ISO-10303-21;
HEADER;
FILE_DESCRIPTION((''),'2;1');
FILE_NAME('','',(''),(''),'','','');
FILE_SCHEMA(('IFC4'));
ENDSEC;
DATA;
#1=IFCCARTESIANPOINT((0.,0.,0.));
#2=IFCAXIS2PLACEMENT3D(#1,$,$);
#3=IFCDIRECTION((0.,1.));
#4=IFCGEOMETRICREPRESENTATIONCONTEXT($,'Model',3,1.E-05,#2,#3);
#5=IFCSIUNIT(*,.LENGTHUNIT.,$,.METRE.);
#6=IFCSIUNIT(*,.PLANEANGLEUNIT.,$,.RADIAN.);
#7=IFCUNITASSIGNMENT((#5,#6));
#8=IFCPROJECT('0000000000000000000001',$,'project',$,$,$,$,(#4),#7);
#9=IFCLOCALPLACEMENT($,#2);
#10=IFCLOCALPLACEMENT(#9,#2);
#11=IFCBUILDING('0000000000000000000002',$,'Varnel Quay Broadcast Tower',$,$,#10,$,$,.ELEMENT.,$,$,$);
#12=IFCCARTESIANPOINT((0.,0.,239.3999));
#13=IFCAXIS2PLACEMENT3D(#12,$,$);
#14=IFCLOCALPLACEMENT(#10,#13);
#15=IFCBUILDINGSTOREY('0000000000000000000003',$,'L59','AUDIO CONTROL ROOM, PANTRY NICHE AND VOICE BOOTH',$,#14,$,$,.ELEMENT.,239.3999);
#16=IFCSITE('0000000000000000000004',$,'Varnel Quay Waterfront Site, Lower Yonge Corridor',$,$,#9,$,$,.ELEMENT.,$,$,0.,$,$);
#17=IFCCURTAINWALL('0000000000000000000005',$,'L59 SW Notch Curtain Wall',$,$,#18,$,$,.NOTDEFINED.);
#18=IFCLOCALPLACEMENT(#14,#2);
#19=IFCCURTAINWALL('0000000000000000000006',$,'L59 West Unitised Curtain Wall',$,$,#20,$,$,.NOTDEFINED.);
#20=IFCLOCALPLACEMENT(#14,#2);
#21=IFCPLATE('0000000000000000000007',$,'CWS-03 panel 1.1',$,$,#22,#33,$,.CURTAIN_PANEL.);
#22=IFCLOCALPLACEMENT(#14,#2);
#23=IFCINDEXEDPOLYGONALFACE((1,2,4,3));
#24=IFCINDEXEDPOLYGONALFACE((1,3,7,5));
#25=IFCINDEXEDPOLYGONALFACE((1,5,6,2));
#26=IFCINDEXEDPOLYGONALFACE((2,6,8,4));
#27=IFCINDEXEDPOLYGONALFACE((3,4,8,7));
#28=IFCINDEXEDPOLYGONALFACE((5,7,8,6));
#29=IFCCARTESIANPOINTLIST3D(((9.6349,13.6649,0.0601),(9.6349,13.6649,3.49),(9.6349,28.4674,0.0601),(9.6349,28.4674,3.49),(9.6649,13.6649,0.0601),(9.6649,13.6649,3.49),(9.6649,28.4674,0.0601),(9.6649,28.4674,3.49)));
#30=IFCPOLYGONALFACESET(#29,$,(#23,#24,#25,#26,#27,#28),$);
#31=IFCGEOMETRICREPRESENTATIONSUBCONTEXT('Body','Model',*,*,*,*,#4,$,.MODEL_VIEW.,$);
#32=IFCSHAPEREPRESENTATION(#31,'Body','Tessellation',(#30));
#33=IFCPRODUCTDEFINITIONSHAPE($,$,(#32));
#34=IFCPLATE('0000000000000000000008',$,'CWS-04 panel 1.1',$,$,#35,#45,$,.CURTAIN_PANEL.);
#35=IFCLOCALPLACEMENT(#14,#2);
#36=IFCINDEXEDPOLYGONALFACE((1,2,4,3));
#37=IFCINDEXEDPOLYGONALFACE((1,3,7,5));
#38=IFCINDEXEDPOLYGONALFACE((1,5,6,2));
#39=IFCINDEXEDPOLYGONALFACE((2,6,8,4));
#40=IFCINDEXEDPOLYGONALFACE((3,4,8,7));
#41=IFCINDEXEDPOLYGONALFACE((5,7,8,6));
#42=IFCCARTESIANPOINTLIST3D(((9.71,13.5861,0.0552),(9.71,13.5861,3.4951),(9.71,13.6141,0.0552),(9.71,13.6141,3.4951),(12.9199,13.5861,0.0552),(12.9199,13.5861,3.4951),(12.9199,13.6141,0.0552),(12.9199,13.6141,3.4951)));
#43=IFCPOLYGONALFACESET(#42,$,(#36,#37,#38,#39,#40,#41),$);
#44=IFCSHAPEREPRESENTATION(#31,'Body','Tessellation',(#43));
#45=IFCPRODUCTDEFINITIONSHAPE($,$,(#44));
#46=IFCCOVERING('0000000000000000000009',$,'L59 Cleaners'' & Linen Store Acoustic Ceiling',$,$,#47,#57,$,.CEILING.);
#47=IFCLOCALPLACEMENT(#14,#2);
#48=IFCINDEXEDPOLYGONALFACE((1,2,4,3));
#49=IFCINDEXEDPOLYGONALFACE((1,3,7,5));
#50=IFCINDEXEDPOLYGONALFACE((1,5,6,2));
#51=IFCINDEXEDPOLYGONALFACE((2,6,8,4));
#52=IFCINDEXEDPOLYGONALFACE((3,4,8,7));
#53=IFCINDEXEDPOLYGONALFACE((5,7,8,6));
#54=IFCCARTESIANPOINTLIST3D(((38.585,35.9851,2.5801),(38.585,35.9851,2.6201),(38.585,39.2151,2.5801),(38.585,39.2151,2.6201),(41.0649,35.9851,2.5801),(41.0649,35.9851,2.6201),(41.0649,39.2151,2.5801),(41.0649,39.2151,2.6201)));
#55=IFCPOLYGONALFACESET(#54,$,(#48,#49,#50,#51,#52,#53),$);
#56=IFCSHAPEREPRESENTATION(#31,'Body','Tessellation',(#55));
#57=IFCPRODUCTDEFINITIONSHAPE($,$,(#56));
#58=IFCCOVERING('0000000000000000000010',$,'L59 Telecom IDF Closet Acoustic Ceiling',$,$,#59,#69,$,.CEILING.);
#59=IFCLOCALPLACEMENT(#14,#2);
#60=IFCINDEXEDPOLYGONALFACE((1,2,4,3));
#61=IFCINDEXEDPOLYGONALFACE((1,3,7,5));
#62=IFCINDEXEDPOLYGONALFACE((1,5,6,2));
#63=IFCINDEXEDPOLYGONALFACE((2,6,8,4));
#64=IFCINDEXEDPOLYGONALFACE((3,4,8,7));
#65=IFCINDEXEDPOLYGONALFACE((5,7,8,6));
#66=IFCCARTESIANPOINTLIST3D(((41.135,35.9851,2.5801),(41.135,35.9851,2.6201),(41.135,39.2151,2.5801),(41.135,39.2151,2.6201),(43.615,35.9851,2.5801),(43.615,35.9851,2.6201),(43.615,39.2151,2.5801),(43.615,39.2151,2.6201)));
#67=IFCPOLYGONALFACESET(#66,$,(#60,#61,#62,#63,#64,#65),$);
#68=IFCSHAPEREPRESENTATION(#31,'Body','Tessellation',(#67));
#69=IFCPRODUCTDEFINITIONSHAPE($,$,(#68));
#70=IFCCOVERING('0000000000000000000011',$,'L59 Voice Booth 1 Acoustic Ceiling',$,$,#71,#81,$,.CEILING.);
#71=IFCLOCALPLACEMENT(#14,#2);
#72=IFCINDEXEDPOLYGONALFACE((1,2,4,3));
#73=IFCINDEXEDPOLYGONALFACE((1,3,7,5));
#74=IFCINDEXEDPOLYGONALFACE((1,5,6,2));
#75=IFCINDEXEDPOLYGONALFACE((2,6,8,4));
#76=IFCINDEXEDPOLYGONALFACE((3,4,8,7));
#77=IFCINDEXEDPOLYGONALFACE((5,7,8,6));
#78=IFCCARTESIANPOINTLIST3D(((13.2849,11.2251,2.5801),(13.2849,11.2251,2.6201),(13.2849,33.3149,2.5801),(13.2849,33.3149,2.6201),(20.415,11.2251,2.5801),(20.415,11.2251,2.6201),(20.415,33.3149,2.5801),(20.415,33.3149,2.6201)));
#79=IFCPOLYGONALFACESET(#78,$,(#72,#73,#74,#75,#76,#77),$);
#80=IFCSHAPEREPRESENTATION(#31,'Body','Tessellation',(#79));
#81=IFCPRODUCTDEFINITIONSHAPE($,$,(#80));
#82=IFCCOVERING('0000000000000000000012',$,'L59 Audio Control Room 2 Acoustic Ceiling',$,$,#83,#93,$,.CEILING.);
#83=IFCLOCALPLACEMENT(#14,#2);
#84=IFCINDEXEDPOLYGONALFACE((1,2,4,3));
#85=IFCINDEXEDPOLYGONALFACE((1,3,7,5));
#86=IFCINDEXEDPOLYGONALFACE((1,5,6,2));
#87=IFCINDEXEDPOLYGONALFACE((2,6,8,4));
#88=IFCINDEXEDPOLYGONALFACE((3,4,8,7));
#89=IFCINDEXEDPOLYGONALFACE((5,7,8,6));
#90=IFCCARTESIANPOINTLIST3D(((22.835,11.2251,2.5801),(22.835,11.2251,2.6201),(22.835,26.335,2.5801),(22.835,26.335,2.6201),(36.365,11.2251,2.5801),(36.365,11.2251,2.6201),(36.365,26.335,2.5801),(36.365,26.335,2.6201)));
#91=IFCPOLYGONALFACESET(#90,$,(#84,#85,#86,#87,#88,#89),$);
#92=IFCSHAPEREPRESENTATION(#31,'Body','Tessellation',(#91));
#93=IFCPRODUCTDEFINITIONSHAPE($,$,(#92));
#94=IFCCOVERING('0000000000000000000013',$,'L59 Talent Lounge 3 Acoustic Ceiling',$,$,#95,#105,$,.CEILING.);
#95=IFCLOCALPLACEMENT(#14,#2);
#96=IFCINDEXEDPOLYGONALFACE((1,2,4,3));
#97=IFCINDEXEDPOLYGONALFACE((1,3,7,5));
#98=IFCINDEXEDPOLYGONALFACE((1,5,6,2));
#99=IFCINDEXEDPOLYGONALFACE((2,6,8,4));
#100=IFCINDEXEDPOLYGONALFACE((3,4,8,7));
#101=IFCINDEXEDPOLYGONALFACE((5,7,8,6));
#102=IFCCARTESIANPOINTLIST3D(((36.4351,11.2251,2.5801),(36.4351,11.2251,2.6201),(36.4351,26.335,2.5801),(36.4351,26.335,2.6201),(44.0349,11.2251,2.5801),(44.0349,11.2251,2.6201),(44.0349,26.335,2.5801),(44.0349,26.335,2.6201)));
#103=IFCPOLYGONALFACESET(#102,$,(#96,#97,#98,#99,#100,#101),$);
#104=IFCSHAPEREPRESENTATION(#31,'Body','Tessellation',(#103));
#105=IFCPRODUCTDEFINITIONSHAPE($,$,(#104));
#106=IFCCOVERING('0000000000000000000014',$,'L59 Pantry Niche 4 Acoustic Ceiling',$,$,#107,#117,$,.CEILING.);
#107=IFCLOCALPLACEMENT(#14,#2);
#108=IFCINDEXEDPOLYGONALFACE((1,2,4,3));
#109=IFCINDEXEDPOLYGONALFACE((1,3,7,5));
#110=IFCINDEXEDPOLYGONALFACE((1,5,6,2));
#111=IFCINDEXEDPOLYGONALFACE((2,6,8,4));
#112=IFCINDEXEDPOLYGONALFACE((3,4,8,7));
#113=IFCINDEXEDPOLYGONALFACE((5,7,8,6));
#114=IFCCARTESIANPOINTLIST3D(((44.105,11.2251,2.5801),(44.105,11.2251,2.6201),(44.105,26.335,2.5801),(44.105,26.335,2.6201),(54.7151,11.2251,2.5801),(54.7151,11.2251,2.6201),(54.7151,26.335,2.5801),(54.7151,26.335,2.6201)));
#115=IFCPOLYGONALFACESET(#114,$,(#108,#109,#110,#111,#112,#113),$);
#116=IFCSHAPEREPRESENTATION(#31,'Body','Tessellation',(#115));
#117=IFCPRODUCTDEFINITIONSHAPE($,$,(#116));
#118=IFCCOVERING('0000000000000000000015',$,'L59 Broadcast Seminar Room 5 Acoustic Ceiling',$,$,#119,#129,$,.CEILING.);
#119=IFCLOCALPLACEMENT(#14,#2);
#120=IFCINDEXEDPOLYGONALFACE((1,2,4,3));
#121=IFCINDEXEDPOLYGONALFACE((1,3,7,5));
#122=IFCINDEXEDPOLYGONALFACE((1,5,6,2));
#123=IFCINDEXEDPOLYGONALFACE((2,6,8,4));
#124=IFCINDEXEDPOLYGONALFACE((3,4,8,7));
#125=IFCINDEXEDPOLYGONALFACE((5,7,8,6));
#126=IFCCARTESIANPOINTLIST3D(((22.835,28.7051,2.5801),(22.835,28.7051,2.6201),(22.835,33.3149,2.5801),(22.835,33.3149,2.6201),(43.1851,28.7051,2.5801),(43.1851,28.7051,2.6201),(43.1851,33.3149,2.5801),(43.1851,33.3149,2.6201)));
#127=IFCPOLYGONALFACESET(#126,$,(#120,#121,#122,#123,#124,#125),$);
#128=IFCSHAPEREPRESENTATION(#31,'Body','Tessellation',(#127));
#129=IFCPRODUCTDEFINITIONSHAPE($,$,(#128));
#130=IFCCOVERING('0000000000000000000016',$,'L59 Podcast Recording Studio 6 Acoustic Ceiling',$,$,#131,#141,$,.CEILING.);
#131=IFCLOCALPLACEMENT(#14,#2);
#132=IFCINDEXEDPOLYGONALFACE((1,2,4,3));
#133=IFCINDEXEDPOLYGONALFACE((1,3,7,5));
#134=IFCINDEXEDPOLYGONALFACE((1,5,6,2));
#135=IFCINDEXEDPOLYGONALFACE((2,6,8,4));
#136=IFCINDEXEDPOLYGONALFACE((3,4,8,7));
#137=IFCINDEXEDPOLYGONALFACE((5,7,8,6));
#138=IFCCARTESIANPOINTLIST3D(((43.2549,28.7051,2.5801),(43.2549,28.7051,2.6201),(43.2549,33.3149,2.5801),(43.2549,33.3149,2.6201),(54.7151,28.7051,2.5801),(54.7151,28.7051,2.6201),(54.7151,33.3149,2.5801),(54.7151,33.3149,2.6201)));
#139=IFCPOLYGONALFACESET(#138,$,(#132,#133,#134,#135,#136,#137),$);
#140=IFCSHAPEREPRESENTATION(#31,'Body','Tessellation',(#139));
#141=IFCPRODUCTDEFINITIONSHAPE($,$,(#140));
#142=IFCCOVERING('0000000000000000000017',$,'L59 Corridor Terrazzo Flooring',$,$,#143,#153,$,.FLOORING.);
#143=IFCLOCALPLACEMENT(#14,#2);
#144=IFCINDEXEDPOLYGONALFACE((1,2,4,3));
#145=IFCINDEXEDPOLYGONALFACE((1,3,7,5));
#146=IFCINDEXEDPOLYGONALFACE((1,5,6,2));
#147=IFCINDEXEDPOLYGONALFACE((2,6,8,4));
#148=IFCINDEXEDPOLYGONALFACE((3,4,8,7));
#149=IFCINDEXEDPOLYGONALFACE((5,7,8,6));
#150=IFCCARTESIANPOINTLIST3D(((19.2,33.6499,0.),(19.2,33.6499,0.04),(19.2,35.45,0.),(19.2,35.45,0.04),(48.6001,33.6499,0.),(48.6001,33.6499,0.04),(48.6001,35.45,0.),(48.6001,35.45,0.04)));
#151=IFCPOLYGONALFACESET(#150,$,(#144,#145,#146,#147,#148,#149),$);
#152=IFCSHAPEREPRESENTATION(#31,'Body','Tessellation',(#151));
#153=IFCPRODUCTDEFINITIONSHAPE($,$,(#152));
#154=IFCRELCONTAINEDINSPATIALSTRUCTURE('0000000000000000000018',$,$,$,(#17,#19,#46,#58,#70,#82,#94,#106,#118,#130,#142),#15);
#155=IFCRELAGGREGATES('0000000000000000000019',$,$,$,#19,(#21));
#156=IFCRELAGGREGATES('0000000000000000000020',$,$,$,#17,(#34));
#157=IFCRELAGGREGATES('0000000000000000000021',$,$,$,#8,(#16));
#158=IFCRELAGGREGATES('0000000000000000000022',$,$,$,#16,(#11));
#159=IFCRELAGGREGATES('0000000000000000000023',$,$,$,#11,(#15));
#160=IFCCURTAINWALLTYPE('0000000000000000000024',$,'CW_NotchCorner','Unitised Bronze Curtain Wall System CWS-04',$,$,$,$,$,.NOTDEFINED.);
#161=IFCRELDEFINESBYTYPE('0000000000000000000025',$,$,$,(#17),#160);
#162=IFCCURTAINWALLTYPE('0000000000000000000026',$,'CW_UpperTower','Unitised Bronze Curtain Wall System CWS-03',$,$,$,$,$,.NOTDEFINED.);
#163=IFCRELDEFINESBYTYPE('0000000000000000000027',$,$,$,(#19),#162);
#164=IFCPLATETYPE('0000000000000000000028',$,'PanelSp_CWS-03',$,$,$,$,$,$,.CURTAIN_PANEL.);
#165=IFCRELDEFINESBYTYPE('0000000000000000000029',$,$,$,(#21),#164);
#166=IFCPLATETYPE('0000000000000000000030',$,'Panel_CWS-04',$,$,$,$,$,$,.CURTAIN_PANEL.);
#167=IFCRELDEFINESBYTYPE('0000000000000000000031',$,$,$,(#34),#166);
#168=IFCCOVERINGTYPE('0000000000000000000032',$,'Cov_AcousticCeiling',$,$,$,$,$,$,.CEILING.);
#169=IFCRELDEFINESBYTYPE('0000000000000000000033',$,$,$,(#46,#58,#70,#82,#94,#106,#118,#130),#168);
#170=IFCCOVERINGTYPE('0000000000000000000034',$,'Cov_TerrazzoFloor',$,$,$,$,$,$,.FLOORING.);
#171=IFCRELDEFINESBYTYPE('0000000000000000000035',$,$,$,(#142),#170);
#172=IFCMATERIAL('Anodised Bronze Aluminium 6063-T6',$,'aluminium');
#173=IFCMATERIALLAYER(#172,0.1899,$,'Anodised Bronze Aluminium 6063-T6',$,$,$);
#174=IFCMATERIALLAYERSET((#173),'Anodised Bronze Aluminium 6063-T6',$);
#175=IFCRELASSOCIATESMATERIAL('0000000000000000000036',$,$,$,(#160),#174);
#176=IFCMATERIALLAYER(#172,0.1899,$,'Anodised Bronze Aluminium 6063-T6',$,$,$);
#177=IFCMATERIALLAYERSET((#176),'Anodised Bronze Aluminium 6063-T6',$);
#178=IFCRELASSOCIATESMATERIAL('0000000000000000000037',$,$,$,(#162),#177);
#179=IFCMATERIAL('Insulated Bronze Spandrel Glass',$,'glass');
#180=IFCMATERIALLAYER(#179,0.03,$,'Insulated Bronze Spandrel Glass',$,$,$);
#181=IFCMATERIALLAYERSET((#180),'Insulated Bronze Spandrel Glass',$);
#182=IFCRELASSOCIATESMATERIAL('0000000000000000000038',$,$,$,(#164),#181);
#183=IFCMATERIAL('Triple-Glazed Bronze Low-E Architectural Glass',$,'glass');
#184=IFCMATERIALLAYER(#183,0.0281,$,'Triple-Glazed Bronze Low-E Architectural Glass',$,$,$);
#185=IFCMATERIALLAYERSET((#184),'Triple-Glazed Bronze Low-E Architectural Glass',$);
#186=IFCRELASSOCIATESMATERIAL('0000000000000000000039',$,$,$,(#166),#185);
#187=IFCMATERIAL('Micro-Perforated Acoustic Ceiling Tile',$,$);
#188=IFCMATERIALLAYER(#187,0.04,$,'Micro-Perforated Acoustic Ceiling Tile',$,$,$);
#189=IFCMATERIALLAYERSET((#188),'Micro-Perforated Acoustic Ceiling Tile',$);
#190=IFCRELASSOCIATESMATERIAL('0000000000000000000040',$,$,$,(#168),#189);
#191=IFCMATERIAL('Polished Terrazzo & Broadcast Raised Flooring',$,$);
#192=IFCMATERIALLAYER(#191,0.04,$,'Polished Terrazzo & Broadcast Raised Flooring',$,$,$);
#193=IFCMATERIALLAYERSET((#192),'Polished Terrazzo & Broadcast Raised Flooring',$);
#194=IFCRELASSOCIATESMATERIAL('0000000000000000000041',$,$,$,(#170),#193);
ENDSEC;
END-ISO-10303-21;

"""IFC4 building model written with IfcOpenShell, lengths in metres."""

from ifc_helpers import new_model, si_unit, direction, frame, origin, origin_2d, place, context, subcontext, project, spatial, polyline, rectangle, outline, extrude, source, transform, mapped, material, layer, layer_set, type_object, type_shapes, element, aggregate, save


model = new_model("IFC4")

# Units and contexts
model_context = context("Model", 3, precision=1e-05, world=origin(), true_north=direction((0.0, 1.0)))
body_context = subcontext(model_context, "Body", "Model", "MODEL_VIEW")
ifc_project = project(units=[si_unit("LENGTHUNIT", "METRE"), si_unit("PLANEANGLEUNIT", "RADIAN")], contexts=[model_context])

# Site, building, storey
site_placement = place(None, origin())
site = spatial("IfcSite", under=ifc_project, at=site_placement, Name="Varnel Quay Waterfront Site, Lower Yonge Corridor", CompositionType="ELEMENT", RefElevation=0.0)
building_placement = place(site_placement, origin())
building = spatial("IfcBuilding", under=site, at=building_placement, Name="Varnel Quay Broadcast Tower", CompositionType="ELEMENT")
storey_placement = place(building_placement, frame((0.0, 0.0, 239.3999)))
storey = spatial("IfcBuildingStorey", under=building, at=storey_placement, Name="L59", Description="AUDIO CONTROL ROOM, PANTRY NICHE AND VOICE BOOTH", CompositionType="ELEMENT", Elevation=239.3999)

# Curtain wall
ifc_material_1 = material(Name="Anodised Bronze Aluminium 6063-T6", Category="aluminium")
ifc_layer_1 = layer(ifc_material_1, 0.1899, Name="Anodised Bronze Aluminium 6063-T6")
ifc_layer_set_1 = layer_set([ifc_layer_1], Name="Anodised Bronze Aluminium 6063-T6")
curtain_wall_type_1 = type_object("IfcCurtainWallType", Name="CW_NotchCorner", Description="Unitised Bronze Curtain Wall System CWS-04", PredefinedType="NOTDEFINED", material=ifc_layer_set_1)
curtain_wall_1_placement = place(storey_placement, origin())
curtain_wall_1 = element("IfcCurtainWall", 1, at=curtain_wall_1_placement, inside=storey, type_object=curtain_wall_type_1, Name="L59 SW Notch Curtain Wall", PredefinedType="NOTDEFINED")

# Curtain wall
ifc_layer_2 = layer(ifc_material_1, 0.1899, Name="Anodised Bronze Aluminium 6063-T6")
ifc_layer_set_2 = layer_set([ifc_layer_2], Name="Anodised Bronze Aluminium 6063-T6")
curtain_wall_type_2 = type_object("IfcCurtainWallType", Name="CW_UpperTower", Description="Unitised Bronze Curtain Wall System CWS-03", PredefinedType="NOTDEFINED", material=ifc_layer_set_2)
curtain_wall_2_placement = place(storey_placement, origin())
curtain_wall_2 = element("IfcCurtainWall", 2, at=curtain_wall_2_placement, inside=storey, type_object=curtain_wall_type_2, Name="L59 West Unitised Curtain Wall", PredefinedType="NOTDEFINED")

# Plates
ifc_material_2 = material(Name="Insulated Bronze Spandrel Glass", Category="glass")
ifc_layer_3 = layer(ifc_material_2, 0.03, Name="Insulated Bronze Spandrel Glass")
ifc_layer_set_3 = layer_set([ifc_layer_3], Name="Insulated Bronze Spandrel Glass")
plate_type_1 = type_object("IfcPlateType", Name="PanelSp_CWS-03", PredefinedType="CURTAIN_PANEL", material=ifc_layer_set_3)
shared_shape_1 = source(origin(), body_context, "Body", "SweptSolid", [
    extrude(rectangle(XDim=14.8025, YDim=0.03, at=origin_2d()), origin(), (0.0, 0.0, 1.0), 3.4299),
])
type_shapes(plate_type_1, [shared_shape_1])
plate_1_placement = place(storey_placement, frame((9.6499, 21.0662, 0.0601), z_axis=(0.0, 0.0, 1.0), x_axis=(0.0, 1.0, 0.0)))
plate_1 = element("IfcPlate", 3, at=plate_1_placement, type_object=plate_type_1, Name="CWS-03 panel 1.1", PredefinedType="CURTAIN_PANEL", context=body_context, shape_type="MappedRepresentation", body=[
    mapped(shared_shape_1, transform((0.0, 0.0, 0.0), x_axis=(1.0, 0.0, 0.0), y_axis=(0.0, 1.0, 0.0), z_axis=(0.0, 0.0, 1.0), scale=1.0)),
])
aggregate(curtain_wall_2, [plate_1])
ifc_material_3 = material(Name="Triple-Glazed Bronze Low-E Architectural Glass", Category="glass")
ifc_layer_4 = layer(ifc_material_3, 0.0281, Name="Triple-Glazed Bronze Low-E Architectural Glass")
ifc_layer_set_4 = layer_set([ifc_layer_4], Name="Triple-Glazed Bronze Low-E Architectural Glass")
plate_type_2 = type_object("IfcPlateType", Name="Panel_CWS-04", PredefinedType="CURTAIN_PANEL", material=ifc_layer_set_4)
shared_shape_2 = source(origin(), body_context, "Body", "SweptSolid", [
    extrude(rectangle(XDim=3.21, YDim=0.0281, at=origin_2d()), origin(), (0.0, 0.0, 1.0), 3.4399),
])
type_shapes(plate_type_2, [shared_shape_2])
plate_2_placement = place(storey_placement, frame((11.3149, 13.6001, 0.0552), z_axis=(0.0, 0.0, 1.0), x_axis=(1.0, 0.0, 0.0)))
plate_2 = element("IfcPlate", 4, at=plate_2_placement, type_object=plate_type_2, Name="CWS-04 panel 1.1", PredefinedType="CURTAIN_PANEL", context=body_context, shape_type="MappedRepresentation", body=[
    mapped(shared_shape_2, transform((0.0, 0.0, 0.0), x_axis=(1.0, 0.0, 0.0), y_axis=(0.0, 1.0, 0.0), z_axis=(0.0, 0.0, 1.0), scale=1.0)),
])
aggregate(curtain_wall_1, [plate_2])

# Coverings
ifc_material_4 = material(Name="Micro-Perforated Acoustic Ceiling Tile")
ifc_layer_5 = layer(ifc_material_4, 0.04, Name="Micro-Perforated Acoustic Ceiling Tile")
ifc_layer_set_5 = layer_set([ifc_layer_5], Name="Micro-Perforated Acoustic Ceiling Tile")
covering_type_1 = type_object("IfcCoveringType", Name="Cov_AcousticCeiling", PredefinedType="CEILING", material=ifc_layer_set_5)
covering_1_placement = place(storey_placement, frame((0.0, 0.0, 2.5801)))
element("IfcCovering", 5, at=covering_1_placement, inside=storey, type_object=covering_type_1, Name="L59 Cleaners' & Linen Store Acoustic Ceiling", PredefinedType="CEILING", context=body_context, shape_type="SweptSolid", body=[
    extrude(outline(polyline([(38.585, 35.9851), (41.0649, 35.9851), (41.0649, 39.2151), (38.585, 39.2151), (38.585, 35.9851)])), origin(), (0.0, 0.0, 1.0), 0.04),
])
covering_2_placement = place(storey_placement, frame((0.0, 0.0, 2.5801)))
element("IfcCovering", 6, at=covering_2_placement, inside=storey, type_object=covering_type_1, Name="L59 Telecom IDF Closet Acoustic Ceiling", PredefinedType="CEILING", context=body_context, shape_type="SweptSolid", body=[
    extrude(outline(polyline([(41.135, 35.9851), (43.615, 35.9851), (43.615, 39.2151), (41.135, 39.2151), (41.135, 35.9851)])), origin(), (0.0, 0.0, 1.0), 0.04),
])
covering_3_placement = place(storey_placement, frame((0.0, 0.0, 2.5801)))
element("IfcCovering", 7, at=covering_3_placement, inside=storey, type_object=covering_type_1, Name="L59 Voice Booth 1 Acoustic Ceiling", PredefinedType="CEILING", context=body_context, shape_type="SweptSolid", body=[
    extrude(outline(polyline([(13.2849, 11.2251), (20.415, 11.2251), (20.415, 33.3149), (13.2849, 33.3149), (13.2849, 11.2251)])), origin(), (0.0, 0.0, 1.0), 0.04),
])
covering_4_placement = place(storey_placement, frame((0.0, 0.0, 2.5801)))
element("IfcCovering", 8, at=covering_4_placement, inside=storey, type_object=covering_type_1, Name="L59 Audio Control Room 2 Acoustic Ceiling", PredefinedType="CEILING", context=body_context, shape_type="SweptSolid", body=[
    extrude(outline(polyline([(22.835, 11.2251), (36.365, 11.2251), (36.365, 26.335), (22.835, 26.335), (22.835, 11.2251)])), origin(), (0.0, 0.0, 1.0), 0.04),
])
covering_5_placement = place(storey_placement, frame((0.0, 0.0, 2.5801)))
element("IfcCovering", 9, at=covering_5_placement, inside=storey, type_object=covering_type_1, Name="L59 Talent Lounge 3 Acoustic Ceiling", PredefinedType="CEILING", context=body_context, shape_type="SweptSolid", body=[
    extrude(outline(polyline([(36.4351, 11.2251), (44.0349, 11.2251), (44.0349, 26.335), (36.4351, 26.335), (36.4351, 11.2251)])), origin(), (0.0, 0.0, 1.0), 0.04),
])
covering_6_placement = place(storey_placement, frame((0.0, 0.0, 2.5801)))
element("IfcCovering", 10, at=covering_6_placement, inside=storey, type_object=covering_type_1, Name="L59 Pantry Niche 4 Acoustic Ceiling", PredefinedType="CEILING", context=body_context, shape_type="SweptSolid", body=[
    extrude(outline(polyline([(44.105, 11.2251), (54.7151, 11.2251), (54.7151, 26.335), (44.105, 26.335), (44.105, 11.2251)])), origin(), (0.0, 0.0, 1.0), 0.04),
])
covering_7_placement = place(storey_placement, frame((0.0, 0.0, 2.5801)))
element("IfcCovering", 11, at=covering_7_placement, inside=storey, type_object=covering_type_1, Name="L59 Broadcast Seminar Room 5 Acoustic Ceiling", PredefinedType="CEILING", context=body_context, shape_type="SweptSolid", body=[
    extrude(outline(polyline([(22.835, 28.7051), (43.1851, 28.7051), (43.1851, 33.3149), (22.835, 33.3149), (22.835, 28.7051)])), origin(), (0.0, 0.0, 1.0), 0.04),
])
covering_8_placement = place(storey_placement, frame((0.0, 0.0, 2.5801)))
element("IfcCovering", 12, at=covering_8_placement, inside=storey, type_object=covering_type_1, Name="L59 Podcast Recording Studio 6 Acoustic Ceiling", PredefinedType="CEILING", context=body_context, shape_type="SweptSolid", body=[
    extrude(outline(polyline([(43.2549, 28.7051), (54.7151, 28.7051), (54.7151, 33.3149), (43.2549, 33.3149), (43.2549, 28.7051)])), origin(), (0.0, 0.0, 1.0), 0.04),
])
ifc_material_5 = material(Name="Polished Terrazzo & Broadcast Raised Flooring")
ifc_layer_6 = layer(ifc_material_5, 0.04, Name="Polished Terrazzo & Broadcast Raised Flooring")
ifc_layer_set_6 = layer_set([ifc_layer_6], Name="Polished Terrazzo & Broadcast Raised Flooring")
covering_type_2 = type_object("IfcCoveringType", Name="Cov_TerrazzoFloor", PredefinedType="FLOORING", material=ifc_layer_set_6)
covering_9_placement = place(storey_placement, origin())
element("IfcCovering", 13, at=covering_9_placement, inside=storey, type_object=covering_type_2, Name="L59 Corridor Terrazzo Flooring", PredefinedType="FLOORING", context=body_context, shape_type="SweptSolid", body=[
    extrude(outline(polyline([(19.2, 33.6499), (48.6001, 33.6499), (48.6001, 35.45), (19.2, 35.45), (19.2, 33.6499)])), origin(), (0.0, 0.0, 1.0), 0.04),
])

save(model, "model.ifc")
